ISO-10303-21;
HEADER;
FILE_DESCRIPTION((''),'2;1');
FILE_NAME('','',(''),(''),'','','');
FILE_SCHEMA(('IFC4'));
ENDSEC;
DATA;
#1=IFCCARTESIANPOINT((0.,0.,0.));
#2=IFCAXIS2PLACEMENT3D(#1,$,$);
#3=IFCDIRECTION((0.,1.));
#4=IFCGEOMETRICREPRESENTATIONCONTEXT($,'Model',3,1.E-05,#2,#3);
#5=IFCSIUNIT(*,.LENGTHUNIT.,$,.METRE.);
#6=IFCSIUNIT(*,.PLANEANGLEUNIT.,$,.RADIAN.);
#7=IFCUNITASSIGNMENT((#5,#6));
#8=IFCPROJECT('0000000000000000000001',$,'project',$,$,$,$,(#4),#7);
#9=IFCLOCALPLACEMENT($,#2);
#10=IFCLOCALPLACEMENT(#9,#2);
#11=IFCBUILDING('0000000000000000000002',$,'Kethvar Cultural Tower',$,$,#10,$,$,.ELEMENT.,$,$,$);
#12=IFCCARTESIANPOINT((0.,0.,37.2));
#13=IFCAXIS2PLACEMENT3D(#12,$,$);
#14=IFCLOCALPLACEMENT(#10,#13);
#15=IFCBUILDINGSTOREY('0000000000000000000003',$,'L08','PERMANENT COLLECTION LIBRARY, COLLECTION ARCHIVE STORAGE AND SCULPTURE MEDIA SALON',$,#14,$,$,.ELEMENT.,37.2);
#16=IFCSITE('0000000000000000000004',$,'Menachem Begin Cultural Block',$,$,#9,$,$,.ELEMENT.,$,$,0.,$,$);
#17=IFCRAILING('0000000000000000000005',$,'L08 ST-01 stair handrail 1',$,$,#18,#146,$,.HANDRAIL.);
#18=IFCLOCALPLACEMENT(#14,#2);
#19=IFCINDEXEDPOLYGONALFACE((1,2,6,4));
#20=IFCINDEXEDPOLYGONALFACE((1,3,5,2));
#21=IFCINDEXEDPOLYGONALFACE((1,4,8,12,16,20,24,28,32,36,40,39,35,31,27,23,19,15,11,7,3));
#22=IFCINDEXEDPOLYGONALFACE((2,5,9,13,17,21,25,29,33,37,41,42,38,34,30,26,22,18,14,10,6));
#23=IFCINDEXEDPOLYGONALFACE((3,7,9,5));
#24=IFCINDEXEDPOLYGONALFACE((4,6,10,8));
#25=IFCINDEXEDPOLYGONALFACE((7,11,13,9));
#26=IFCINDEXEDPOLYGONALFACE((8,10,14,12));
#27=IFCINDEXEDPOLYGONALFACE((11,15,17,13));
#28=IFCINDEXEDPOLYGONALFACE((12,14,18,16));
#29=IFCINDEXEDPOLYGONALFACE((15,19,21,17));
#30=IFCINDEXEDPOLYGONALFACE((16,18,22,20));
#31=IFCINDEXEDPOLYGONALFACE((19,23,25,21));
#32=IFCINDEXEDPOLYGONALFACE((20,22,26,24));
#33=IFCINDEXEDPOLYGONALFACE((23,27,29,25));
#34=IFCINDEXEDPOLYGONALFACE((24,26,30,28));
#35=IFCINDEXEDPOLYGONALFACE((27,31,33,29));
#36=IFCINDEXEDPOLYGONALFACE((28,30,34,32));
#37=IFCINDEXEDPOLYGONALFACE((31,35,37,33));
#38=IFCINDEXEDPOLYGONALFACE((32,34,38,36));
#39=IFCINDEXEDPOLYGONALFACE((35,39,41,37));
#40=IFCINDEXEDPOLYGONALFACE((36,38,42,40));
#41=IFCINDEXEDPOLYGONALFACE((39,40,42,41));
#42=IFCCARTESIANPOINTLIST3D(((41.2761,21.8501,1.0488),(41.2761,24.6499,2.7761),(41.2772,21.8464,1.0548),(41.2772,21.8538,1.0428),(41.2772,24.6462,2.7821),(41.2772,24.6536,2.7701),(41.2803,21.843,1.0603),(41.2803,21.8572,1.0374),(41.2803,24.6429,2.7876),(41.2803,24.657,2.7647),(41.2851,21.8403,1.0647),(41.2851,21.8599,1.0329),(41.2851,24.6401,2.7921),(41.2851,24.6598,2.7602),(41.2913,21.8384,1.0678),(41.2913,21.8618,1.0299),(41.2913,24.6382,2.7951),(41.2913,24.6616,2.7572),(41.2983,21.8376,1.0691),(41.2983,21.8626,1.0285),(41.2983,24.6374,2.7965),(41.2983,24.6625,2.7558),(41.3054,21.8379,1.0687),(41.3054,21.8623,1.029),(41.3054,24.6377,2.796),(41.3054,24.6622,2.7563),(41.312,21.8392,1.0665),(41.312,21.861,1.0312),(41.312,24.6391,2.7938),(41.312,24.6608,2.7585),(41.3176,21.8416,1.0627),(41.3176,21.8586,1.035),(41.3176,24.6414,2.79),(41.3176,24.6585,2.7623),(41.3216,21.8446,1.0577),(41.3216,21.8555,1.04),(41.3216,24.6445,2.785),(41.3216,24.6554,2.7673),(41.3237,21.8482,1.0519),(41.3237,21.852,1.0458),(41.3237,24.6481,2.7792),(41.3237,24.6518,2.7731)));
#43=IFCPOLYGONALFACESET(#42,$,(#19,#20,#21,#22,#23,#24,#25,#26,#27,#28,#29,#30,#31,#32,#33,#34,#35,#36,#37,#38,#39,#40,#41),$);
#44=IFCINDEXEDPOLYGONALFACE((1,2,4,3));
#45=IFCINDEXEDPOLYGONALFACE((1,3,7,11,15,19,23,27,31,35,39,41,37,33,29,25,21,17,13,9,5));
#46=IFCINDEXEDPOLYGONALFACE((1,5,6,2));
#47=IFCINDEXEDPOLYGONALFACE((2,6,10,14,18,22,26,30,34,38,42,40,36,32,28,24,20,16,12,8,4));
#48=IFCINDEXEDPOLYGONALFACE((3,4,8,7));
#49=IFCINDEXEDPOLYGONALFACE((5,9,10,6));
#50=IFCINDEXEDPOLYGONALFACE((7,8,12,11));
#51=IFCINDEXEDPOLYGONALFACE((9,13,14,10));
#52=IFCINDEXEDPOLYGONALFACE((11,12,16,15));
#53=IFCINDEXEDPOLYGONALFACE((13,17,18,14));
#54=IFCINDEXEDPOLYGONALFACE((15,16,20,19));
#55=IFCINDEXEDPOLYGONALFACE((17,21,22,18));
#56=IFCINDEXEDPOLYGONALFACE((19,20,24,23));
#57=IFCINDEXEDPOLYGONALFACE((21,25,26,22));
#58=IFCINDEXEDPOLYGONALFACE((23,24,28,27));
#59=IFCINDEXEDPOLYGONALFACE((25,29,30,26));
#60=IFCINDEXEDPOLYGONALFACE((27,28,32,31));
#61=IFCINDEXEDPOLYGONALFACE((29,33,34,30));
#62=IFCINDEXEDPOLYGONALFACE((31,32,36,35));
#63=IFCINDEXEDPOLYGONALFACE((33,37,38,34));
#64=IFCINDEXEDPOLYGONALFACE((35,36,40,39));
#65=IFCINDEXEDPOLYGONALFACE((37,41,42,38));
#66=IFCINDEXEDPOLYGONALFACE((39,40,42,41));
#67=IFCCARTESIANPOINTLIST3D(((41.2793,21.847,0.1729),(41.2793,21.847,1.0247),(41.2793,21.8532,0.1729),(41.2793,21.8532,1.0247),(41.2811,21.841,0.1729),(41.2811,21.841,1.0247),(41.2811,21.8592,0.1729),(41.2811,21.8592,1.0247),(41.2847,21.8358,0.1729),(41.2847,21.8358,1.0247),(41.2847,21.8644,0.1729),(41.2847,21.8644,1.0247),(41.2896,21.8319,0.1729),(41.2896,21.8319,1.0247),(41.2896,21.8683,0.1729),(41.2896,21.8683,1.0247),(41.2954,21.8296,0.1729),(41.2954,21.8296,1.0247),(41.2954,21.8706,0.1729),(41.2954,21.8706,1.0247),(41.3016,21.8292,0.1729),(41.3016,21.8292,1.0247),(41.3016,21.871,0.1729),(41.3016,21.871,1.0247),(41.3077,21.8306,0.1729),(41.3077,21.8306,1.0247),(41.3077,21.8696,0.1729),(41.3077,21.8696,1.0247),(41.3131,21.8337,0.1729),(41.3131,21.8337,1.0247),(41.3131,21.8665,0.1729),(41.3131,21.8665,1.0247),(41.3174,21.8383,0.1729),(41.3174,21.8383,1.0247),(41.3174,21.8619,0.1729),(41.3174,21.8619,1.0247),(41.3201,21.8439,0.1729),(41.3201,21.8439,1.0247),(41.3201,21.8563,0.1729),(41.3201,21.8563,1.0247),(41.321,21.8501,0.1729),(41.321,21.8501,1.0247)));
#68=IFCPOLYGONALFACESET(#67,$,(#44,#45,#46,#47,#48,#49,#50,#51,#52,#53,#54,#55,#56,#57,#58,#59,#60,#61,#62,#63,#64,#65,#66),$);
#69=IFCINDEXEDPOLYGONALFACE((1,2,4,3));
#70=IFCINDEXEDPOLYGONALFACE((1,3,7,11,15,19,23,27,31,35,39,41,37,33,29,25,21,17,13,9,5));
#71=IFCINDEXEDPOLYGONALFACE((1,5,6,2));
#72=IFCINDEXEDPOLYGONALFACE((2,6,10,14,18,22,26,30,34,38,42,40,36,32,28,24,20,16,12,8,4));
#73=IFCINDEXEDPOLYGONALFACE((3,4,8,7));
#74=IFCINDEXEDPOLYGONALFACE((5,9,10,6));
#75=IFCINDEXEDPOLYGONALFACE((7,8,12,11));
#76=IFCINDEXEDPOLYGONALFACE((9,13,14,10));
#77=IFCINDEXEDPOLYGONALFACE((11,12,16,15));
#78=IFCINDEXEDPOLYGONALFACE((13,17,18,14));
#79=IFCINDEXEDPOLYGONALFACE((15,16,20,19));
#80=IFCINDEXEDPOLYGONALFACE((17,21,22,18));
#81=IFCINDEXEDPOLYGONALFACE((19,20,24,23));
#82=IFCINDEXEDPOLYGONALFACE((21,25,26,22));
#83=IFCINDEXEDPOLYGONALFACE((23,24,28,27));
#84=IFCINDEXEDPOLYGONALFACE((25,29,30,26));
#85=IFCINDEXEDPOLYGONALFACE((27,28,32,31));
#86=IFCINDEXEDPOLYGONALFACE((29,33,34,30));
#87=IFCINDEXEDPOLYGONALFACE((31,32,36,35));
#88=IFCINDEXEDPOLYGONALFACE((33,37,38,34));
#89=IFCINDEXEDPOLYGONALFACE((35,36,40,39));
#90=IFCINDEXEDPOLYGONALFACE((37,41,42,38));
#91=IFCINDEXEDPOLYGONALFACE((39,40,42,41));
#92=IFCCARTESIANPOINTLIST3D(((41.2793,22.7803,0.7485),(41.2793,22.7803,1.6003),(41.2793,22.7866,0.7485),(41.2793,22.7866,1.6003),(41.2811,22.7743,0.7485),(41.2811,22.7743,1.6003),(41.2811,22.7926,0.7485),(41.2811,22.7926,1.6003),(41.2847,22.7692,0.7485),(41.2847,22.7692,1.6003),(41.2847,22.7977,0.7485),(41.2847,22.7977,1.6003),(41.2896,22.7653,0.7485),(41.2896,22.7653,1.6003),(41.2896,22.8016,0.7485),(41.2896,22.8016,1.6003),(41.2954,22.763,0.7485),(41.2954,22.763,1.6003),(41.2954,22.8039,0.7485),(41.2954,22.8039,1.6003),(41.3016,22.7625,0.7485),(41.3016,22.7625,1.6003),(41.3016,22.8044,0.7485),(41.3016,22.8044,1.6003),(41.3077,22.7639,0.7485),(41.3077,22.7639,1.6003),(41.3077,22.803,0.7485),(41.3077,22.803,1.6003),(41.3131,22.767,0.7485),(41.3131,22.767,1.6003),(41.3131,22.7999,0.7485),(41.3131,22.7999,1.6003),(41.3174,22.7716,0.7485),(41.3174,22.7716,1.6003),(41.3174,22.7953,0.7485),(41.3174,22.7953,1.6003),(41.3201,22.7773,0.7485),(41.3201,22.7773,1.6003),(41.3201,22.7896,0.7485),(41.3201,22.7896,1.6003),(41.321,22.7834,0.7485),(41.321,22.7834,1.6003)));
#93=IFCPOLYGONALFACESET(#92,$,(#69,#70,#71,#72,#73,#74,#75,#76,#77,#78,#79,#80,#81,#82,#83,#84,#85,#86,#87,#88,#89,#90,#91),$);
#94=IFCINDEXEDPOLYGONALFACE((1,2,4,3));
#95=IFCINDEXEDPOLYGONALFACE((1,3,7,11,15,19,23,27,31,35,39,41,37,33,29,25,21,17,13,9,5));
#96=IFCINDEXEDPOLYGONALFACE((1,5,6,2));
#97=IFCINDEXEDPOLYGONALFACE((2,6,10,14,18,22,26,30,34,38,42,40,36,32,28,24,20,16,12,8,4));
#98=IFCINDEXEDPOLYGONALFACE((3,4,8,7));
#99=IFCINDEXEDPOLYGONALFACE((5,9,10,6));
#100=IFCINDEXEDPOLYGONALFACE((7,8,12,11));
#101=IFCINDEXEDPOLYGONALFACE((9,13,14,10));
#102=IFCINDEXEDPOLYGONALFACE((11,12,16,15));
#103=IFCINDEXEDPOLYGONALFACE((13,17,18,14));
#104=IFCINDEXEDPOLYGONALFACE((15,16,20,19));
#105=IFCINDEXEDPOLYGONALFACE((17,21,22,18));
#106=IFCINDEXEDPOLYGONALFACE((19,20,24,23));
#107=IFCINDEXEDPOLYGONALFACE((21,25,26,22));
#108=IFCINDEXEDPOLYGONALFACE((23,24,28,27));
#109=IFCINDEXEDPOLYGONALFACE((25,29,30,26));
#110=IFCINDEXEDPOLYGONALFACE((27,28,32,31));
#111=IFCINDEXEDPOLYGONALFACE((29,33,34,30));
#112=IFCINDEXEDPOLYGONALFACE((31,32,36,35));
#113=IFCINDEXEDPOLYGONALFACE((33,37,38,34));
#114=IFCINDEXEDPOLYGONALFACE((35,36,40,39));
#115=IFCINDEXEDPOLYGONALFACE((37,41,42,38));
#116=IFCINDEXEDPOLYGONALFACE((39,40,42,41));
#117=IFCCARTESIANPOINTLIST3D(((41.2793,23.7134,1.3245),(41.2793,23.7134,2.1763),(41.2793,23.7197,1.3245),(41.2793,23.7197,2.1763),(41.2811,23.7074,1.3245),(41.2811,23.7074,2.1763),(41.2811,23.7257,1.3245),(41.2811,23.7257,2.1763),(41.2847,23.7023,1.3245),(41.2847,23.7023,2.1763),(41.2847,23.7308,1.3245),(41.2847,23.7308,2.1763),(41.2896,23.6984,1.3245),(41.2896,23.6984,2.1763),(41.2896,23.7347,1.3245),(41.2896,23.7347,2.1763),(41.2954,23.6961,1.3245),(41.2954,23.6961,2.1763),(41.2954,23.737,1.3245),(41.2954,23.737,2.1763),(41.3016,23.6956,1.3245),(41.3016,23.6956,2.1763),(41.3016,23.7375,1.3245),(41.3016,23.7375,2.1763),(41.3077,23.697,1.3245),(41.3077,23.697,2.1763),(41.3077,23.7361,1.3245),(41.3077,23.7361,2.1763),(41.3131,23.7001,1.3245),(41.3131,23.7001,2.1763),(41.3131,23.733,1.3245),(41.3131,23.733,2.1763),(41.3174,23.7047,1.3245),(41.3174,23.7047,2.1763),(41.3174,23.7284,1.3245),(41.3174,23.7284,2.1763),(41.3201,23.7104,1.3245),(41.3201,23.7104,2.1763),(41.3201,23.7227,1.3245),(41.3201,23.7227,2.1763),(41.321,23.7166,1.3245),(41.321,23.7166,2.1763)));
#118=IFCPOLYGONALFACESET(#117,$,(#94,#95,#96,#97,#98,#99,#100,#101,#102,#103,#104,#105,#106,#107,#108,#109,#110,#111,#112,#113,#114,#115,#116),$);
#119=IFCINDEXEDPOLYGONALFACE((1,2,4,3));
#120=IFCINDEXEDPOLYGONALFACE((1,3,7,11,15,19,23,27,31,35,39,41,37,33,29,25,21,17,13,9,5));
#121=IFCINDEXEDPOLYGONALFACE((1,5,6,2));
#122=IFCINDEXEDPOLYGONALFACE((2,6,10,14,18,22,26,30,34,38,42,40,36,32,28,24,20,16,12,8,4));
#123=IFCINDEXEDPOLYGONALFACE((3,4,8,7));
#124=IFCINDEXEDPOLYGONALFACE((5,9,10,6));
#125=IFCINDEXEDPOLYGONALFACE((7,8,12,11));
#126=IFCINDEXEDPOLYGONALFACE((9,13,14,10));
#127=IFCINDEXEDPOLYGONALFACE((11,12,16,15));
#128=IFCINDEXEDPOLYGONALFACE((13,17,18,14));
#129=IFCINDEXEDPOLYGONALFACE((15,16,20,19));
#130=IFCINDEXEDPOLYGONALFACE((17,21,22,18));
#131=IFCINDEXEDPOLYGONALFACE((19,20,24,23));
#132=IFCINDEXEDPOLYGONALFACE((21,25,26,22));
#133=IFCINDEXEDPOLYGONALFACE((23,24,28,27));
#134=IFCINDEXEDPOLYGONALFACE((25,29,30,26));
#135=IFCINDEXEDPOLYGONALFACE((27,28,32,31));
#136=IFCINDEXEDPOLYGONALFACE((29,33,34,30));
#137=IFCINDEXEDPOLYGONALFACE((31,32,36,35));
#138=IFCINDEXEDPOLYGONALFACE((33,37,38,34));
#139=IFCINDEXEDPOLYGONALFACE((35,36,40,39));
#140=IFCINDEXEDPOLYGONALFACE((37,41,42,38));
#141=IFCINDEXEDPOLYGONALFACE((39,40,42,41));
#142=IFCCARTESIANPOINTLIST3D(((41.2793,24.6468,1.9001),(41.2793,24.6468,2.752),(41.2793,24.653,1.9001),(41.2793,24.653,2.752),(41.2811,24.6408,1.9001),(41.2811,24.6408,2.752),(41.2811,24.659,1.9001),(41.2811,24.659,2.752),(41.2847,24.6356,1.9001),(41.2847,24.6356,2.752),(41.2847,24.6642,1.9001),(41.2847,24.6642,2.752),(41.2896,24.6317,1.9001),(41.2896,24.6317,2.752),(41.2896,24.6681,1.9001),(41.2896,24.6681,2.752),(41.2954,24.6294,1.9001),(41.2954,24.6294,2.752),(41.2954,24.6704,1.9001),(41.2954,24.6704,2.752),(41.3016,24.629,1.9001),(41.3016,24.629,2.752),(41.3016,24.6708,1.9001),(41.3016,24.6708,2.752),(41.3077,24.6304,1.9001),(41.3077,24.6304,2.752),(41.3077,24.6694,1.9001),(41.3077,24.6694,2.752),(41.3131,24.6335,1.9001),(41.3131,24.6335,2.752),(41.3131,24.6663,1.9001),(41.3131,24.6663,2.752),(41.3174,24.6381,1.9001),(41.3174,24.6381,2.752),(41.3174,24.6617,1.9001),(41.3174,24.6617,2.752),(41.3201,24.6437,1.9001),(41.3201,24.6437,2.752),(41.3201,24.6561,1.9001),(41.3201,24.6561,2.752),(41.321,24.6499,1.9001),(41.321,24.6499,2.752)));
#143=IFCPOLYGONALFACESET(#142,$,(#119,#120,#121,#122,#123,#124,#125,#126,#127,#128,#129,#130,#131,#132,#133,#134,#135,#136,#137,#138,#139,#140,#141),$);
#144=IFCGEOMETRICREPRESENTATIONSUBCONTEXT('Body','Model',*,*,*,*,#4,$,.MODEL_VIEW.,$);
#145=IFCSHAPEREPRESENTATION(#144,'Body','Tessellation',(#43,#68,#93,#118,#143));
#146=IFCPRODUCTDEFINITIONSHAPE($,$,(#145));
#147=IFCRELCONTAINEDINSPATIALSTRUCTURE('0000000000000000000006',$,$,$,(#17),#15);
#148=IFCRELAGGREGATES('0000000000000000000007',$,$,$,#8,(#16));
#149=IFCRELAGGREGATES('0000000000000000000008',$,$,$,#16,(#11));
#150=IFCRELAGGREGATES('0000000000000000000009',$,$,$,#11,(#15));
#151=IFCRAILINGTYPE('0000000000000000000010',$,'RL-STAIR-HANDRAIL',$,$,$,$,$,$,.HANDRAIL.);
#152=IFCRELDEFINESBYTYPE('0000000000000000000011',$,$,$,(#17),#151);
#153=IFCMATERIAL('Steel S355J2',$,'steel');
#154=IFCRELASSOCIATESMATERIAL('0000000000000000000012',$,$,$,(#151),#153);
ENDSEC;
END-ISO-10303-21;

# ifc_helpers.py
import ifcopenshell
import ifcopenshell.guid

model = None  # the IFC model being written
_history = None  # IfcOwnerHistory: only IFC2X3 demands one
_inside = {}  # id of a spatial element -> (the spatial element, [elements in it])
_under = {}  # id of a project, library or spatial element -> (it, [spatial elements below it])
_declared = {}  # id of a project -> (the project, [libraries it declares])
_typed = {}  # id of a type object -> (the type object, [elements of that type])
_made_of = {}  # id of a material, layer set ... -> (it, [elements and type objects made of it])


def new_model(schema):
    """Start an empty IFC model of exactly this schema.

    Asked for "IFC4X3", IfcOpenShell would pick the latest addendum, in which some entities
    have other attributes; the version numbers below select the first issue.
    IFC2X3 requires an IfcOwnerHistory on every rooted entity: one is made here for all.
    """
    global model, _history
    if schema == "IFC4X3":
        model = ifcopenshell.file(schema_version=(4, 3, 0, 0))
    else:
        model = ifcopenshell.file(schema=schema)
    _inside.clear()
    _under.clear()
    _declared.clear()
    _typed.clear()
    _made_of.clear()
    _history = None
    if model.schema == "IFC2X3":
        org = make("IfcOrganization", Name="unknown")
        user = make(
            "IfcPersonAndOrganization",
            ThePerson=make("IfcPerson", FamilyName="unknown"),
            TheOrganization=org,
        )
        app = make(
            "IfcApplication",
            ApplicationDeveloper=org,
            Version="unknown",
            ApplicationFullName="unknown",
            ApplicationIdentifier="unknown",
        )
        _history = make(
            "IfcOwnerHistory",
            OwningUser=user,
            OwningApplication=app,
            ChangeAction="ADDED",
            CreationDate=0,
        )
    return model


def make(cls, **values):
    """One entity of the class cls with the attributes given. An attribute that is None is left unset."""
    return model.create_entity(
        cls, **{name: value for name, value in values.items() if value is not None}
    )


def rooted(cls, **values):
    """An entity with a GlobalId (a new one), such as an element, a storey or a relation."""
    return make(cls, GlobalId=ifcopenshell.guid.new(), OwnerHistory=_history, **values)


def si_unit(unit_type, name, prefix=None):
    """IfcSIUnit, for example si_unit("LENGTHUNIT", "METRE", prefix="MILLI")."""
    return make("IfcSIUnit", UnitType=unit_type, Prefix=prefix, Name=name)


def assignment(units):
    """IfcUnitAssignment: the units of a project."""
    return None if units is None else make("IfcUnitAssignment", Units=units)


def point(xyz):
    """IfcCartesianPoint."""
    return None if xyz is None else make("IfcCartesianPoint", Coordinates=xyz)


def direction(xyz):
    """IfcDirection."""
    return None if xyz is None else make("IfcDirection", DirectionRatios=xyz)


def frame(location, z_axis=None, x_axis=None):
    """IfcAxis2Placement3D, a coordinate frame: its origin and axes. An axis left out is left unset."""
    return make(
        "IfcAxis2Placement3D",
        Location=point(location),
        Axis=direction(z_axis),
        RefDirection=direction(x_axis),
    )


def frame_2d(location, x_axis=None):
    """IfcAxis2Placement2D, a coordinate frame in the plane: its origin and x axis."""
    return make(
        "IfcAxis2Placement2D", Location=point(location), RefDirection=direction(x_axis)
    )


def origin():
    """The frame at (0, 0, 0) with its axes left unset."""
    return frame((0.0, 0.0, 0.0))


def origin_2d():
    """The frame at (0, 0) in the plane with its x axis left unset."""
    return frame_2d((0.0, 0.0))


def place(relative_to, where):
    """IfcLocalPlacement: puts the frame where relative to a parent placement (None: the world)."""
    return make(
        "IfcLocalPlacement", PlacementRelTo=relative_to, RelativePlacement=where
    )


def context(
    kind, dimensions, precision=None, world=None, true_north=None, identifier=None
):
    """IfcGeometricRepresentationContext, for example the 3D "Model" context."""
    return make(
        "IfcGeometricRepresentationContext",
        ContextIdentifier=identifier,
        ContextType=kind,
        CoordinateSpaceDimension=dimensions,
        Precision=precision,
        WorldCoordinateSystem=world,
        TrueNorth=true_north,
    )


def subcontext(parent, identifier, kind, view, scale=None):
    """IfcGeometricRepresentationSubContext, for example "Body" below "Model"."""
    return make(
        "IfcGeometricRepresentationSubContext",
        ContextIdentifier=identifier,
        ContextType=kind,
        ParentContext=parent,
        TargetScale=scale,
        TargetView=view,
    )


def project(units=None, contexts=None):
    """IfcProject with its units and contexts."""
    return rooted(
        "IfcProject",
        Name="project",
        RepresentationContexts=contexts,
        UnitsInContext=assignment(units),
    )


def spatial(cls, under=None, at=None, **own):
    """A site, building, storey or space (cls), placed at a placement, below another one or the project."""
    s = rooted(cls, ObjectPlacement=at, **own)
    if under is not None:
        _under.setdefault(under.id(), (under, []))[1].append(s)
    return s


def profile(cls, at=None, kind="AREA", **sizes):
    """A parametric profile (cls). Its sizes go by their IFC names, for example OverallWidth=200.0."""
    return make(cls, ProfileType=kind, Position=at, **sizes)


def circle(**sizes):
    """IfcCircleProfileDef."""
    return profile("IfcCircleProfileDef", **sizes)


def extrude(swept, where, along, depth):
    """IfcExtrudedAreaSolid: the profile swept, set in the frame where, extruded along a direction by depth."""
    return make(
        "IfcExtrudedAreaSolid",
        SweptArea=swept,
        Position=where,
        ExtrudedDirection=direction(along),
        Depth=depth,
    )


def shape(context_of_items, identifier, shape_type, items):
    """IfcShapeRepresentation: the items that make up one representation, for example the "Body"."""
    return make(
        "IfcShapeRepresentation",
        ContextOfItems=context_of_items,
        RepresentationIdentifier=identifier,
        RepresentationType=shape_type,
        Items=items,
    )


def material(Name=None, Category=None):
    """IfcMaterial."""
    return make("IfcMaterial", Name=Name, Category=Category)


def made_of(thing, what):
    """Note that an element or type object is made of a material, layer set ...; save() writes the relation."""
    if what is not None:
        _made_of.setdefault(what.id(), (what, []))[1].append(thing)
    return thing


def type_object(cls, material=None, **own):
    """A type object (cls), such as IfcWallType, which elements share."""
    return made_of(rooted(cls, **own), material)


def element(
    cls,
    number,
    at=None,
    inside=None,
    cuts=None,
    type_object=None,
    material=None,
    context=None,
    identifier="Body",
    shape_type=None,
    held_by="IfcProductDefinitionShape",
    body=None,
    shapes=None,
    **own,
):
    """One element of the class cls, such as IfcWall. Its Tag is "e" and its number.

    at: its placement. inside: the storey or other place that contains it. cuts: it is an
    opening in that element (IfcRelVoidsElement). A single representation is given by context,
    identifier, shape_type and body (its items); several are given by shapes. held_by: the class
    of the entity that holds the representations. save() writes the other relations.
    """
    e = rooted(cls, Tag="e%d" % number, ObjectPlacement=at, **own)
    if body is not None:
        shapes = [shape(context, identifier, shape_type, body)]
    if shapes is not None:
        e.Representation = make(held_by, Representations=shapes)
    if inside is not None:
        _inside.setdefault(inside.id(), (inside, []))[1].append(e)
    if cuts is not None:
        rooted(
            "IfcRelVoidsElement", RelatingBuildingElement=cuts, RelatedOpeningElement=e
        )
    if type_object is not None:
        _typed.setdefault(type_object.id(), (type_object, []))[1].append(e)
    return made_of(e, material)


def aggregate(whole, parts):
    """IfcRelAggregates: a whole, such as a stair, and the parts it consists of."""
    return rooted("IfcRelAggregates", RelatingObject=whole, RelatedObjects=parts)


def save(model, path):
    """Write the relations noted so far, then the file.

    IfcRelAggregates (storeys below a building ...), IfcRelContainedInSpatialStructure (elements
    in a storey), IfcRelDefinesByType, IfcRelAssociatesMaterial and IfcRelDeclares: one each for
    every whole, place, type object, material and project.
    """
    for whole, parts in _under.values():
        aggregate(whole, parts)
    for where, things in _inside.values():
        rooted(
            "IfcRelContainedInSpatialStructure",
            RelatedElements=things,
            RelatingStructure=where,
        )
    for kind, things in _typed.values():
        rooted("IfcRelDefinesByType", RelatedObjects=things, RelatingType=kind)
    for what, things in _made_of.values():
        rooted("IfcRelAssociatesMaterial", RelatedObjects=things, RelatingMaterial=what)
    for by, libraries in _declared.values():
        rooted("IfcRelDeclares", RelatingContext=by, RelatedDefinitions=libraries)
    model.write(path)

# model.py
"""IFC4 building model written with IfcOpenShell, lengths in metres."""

from ifc_helpers import new_model, si_unit, direction, frame, origin, origin_2d, place, context, subcontext, project, spatial, circle, extrude, material, type_object, element, save


model = new_model("IFC4")

# Units and contexts
model_context = context("Model", 3, precision=1e-05, world=origin(), true_north=direction((0.0, 1.0)))
body_context = subcontext(model_context, "Body", "Model", "MODEL_VIEW")
ifc_project = project(units=[si_unit("LENGTHUNIT", "METRE"), si_unit("PLANEANGLEUNIT", "RADIAN")], contexts=[model_context])

# Site, building, storey
site_placement = place(None, origin())
site = spatial("IfcSite", under=ifc_project, at=site_placement, Name="Menachem Begin Cultural Block", CompositionType="ELEMENT", RefElevation=0.0)
building_placement = place(site_placement, origin())
building = spatial("IfcBuilding", under=site, at=building_placement, Name="Kethvar Cultural Tower", CompositionType="ELEMENT")
storey_placement = place(building_placement, frame((0.0, 0.0, 37.2)))
storey = spatial("IfcBuildingStorey", under=building, at=storey_placement, Name="L08", Description="PERMANENT COLLECTION LIBRARY, COLLECTION ARCHIVE STORAGE AND SCULPTURE MEDIA SALON", CompositionType="ELEMENT", Elevation=37.2)

# Shared definitions
ifc_material_1 = material(Name="Steel S355J2", Category="steel")

# Railing
railing_type_1 = type_object("IfcRailingType", Name="RL-STAIR-HANDRAIL", PredefinedType="HANDRAIL", material=ifc_material_1)
railing_1_placement = place(storey_placement, frame((41.3, 21.8501, 0.1729)))
element("IfcRailing", 1, at=railing_1_placement, inside=storey, type_object=railing_type_1, Name="L08 ST-01 stair handrail 1", PredefinedType="HANDRAIL", context=body_context, shape_type="SweptSolid", body=[
    extrude(circle(Radius=0.0239, at=origin_2d()), frame((0.0, 0.0, 0.876), z_axis=(0.0, 0.851069, 0.525054), x_axis=(-1.0, 0.0, 0.0)), (0.0, 0.0, 1.0), 3.2898),
    extrude(circle(Radius=0.021, at=origin_2d()), origin(), (0.0, 0.0, 1.0), 0.8518),
    extrude(circle(Radius=0.021, at=origin_2d()), frame((0.0, 0.9333, 0.5757)), (0.0, 0.0, 1.0), 0.8518),
    extrude(circle(Radius=0.021, at=origin_2d()), frame((0.0, 1.8665, 1.1516)), (0.0, 0.0, 1.0), 0.8518),
    extrude(circle(Radius=0.021, at=origin_2d()), frame((0.0, 2.7998, 1.7273)), (0.0, 0.0, 1.0), 0.8518),
])

save(model, "model.ifc")
